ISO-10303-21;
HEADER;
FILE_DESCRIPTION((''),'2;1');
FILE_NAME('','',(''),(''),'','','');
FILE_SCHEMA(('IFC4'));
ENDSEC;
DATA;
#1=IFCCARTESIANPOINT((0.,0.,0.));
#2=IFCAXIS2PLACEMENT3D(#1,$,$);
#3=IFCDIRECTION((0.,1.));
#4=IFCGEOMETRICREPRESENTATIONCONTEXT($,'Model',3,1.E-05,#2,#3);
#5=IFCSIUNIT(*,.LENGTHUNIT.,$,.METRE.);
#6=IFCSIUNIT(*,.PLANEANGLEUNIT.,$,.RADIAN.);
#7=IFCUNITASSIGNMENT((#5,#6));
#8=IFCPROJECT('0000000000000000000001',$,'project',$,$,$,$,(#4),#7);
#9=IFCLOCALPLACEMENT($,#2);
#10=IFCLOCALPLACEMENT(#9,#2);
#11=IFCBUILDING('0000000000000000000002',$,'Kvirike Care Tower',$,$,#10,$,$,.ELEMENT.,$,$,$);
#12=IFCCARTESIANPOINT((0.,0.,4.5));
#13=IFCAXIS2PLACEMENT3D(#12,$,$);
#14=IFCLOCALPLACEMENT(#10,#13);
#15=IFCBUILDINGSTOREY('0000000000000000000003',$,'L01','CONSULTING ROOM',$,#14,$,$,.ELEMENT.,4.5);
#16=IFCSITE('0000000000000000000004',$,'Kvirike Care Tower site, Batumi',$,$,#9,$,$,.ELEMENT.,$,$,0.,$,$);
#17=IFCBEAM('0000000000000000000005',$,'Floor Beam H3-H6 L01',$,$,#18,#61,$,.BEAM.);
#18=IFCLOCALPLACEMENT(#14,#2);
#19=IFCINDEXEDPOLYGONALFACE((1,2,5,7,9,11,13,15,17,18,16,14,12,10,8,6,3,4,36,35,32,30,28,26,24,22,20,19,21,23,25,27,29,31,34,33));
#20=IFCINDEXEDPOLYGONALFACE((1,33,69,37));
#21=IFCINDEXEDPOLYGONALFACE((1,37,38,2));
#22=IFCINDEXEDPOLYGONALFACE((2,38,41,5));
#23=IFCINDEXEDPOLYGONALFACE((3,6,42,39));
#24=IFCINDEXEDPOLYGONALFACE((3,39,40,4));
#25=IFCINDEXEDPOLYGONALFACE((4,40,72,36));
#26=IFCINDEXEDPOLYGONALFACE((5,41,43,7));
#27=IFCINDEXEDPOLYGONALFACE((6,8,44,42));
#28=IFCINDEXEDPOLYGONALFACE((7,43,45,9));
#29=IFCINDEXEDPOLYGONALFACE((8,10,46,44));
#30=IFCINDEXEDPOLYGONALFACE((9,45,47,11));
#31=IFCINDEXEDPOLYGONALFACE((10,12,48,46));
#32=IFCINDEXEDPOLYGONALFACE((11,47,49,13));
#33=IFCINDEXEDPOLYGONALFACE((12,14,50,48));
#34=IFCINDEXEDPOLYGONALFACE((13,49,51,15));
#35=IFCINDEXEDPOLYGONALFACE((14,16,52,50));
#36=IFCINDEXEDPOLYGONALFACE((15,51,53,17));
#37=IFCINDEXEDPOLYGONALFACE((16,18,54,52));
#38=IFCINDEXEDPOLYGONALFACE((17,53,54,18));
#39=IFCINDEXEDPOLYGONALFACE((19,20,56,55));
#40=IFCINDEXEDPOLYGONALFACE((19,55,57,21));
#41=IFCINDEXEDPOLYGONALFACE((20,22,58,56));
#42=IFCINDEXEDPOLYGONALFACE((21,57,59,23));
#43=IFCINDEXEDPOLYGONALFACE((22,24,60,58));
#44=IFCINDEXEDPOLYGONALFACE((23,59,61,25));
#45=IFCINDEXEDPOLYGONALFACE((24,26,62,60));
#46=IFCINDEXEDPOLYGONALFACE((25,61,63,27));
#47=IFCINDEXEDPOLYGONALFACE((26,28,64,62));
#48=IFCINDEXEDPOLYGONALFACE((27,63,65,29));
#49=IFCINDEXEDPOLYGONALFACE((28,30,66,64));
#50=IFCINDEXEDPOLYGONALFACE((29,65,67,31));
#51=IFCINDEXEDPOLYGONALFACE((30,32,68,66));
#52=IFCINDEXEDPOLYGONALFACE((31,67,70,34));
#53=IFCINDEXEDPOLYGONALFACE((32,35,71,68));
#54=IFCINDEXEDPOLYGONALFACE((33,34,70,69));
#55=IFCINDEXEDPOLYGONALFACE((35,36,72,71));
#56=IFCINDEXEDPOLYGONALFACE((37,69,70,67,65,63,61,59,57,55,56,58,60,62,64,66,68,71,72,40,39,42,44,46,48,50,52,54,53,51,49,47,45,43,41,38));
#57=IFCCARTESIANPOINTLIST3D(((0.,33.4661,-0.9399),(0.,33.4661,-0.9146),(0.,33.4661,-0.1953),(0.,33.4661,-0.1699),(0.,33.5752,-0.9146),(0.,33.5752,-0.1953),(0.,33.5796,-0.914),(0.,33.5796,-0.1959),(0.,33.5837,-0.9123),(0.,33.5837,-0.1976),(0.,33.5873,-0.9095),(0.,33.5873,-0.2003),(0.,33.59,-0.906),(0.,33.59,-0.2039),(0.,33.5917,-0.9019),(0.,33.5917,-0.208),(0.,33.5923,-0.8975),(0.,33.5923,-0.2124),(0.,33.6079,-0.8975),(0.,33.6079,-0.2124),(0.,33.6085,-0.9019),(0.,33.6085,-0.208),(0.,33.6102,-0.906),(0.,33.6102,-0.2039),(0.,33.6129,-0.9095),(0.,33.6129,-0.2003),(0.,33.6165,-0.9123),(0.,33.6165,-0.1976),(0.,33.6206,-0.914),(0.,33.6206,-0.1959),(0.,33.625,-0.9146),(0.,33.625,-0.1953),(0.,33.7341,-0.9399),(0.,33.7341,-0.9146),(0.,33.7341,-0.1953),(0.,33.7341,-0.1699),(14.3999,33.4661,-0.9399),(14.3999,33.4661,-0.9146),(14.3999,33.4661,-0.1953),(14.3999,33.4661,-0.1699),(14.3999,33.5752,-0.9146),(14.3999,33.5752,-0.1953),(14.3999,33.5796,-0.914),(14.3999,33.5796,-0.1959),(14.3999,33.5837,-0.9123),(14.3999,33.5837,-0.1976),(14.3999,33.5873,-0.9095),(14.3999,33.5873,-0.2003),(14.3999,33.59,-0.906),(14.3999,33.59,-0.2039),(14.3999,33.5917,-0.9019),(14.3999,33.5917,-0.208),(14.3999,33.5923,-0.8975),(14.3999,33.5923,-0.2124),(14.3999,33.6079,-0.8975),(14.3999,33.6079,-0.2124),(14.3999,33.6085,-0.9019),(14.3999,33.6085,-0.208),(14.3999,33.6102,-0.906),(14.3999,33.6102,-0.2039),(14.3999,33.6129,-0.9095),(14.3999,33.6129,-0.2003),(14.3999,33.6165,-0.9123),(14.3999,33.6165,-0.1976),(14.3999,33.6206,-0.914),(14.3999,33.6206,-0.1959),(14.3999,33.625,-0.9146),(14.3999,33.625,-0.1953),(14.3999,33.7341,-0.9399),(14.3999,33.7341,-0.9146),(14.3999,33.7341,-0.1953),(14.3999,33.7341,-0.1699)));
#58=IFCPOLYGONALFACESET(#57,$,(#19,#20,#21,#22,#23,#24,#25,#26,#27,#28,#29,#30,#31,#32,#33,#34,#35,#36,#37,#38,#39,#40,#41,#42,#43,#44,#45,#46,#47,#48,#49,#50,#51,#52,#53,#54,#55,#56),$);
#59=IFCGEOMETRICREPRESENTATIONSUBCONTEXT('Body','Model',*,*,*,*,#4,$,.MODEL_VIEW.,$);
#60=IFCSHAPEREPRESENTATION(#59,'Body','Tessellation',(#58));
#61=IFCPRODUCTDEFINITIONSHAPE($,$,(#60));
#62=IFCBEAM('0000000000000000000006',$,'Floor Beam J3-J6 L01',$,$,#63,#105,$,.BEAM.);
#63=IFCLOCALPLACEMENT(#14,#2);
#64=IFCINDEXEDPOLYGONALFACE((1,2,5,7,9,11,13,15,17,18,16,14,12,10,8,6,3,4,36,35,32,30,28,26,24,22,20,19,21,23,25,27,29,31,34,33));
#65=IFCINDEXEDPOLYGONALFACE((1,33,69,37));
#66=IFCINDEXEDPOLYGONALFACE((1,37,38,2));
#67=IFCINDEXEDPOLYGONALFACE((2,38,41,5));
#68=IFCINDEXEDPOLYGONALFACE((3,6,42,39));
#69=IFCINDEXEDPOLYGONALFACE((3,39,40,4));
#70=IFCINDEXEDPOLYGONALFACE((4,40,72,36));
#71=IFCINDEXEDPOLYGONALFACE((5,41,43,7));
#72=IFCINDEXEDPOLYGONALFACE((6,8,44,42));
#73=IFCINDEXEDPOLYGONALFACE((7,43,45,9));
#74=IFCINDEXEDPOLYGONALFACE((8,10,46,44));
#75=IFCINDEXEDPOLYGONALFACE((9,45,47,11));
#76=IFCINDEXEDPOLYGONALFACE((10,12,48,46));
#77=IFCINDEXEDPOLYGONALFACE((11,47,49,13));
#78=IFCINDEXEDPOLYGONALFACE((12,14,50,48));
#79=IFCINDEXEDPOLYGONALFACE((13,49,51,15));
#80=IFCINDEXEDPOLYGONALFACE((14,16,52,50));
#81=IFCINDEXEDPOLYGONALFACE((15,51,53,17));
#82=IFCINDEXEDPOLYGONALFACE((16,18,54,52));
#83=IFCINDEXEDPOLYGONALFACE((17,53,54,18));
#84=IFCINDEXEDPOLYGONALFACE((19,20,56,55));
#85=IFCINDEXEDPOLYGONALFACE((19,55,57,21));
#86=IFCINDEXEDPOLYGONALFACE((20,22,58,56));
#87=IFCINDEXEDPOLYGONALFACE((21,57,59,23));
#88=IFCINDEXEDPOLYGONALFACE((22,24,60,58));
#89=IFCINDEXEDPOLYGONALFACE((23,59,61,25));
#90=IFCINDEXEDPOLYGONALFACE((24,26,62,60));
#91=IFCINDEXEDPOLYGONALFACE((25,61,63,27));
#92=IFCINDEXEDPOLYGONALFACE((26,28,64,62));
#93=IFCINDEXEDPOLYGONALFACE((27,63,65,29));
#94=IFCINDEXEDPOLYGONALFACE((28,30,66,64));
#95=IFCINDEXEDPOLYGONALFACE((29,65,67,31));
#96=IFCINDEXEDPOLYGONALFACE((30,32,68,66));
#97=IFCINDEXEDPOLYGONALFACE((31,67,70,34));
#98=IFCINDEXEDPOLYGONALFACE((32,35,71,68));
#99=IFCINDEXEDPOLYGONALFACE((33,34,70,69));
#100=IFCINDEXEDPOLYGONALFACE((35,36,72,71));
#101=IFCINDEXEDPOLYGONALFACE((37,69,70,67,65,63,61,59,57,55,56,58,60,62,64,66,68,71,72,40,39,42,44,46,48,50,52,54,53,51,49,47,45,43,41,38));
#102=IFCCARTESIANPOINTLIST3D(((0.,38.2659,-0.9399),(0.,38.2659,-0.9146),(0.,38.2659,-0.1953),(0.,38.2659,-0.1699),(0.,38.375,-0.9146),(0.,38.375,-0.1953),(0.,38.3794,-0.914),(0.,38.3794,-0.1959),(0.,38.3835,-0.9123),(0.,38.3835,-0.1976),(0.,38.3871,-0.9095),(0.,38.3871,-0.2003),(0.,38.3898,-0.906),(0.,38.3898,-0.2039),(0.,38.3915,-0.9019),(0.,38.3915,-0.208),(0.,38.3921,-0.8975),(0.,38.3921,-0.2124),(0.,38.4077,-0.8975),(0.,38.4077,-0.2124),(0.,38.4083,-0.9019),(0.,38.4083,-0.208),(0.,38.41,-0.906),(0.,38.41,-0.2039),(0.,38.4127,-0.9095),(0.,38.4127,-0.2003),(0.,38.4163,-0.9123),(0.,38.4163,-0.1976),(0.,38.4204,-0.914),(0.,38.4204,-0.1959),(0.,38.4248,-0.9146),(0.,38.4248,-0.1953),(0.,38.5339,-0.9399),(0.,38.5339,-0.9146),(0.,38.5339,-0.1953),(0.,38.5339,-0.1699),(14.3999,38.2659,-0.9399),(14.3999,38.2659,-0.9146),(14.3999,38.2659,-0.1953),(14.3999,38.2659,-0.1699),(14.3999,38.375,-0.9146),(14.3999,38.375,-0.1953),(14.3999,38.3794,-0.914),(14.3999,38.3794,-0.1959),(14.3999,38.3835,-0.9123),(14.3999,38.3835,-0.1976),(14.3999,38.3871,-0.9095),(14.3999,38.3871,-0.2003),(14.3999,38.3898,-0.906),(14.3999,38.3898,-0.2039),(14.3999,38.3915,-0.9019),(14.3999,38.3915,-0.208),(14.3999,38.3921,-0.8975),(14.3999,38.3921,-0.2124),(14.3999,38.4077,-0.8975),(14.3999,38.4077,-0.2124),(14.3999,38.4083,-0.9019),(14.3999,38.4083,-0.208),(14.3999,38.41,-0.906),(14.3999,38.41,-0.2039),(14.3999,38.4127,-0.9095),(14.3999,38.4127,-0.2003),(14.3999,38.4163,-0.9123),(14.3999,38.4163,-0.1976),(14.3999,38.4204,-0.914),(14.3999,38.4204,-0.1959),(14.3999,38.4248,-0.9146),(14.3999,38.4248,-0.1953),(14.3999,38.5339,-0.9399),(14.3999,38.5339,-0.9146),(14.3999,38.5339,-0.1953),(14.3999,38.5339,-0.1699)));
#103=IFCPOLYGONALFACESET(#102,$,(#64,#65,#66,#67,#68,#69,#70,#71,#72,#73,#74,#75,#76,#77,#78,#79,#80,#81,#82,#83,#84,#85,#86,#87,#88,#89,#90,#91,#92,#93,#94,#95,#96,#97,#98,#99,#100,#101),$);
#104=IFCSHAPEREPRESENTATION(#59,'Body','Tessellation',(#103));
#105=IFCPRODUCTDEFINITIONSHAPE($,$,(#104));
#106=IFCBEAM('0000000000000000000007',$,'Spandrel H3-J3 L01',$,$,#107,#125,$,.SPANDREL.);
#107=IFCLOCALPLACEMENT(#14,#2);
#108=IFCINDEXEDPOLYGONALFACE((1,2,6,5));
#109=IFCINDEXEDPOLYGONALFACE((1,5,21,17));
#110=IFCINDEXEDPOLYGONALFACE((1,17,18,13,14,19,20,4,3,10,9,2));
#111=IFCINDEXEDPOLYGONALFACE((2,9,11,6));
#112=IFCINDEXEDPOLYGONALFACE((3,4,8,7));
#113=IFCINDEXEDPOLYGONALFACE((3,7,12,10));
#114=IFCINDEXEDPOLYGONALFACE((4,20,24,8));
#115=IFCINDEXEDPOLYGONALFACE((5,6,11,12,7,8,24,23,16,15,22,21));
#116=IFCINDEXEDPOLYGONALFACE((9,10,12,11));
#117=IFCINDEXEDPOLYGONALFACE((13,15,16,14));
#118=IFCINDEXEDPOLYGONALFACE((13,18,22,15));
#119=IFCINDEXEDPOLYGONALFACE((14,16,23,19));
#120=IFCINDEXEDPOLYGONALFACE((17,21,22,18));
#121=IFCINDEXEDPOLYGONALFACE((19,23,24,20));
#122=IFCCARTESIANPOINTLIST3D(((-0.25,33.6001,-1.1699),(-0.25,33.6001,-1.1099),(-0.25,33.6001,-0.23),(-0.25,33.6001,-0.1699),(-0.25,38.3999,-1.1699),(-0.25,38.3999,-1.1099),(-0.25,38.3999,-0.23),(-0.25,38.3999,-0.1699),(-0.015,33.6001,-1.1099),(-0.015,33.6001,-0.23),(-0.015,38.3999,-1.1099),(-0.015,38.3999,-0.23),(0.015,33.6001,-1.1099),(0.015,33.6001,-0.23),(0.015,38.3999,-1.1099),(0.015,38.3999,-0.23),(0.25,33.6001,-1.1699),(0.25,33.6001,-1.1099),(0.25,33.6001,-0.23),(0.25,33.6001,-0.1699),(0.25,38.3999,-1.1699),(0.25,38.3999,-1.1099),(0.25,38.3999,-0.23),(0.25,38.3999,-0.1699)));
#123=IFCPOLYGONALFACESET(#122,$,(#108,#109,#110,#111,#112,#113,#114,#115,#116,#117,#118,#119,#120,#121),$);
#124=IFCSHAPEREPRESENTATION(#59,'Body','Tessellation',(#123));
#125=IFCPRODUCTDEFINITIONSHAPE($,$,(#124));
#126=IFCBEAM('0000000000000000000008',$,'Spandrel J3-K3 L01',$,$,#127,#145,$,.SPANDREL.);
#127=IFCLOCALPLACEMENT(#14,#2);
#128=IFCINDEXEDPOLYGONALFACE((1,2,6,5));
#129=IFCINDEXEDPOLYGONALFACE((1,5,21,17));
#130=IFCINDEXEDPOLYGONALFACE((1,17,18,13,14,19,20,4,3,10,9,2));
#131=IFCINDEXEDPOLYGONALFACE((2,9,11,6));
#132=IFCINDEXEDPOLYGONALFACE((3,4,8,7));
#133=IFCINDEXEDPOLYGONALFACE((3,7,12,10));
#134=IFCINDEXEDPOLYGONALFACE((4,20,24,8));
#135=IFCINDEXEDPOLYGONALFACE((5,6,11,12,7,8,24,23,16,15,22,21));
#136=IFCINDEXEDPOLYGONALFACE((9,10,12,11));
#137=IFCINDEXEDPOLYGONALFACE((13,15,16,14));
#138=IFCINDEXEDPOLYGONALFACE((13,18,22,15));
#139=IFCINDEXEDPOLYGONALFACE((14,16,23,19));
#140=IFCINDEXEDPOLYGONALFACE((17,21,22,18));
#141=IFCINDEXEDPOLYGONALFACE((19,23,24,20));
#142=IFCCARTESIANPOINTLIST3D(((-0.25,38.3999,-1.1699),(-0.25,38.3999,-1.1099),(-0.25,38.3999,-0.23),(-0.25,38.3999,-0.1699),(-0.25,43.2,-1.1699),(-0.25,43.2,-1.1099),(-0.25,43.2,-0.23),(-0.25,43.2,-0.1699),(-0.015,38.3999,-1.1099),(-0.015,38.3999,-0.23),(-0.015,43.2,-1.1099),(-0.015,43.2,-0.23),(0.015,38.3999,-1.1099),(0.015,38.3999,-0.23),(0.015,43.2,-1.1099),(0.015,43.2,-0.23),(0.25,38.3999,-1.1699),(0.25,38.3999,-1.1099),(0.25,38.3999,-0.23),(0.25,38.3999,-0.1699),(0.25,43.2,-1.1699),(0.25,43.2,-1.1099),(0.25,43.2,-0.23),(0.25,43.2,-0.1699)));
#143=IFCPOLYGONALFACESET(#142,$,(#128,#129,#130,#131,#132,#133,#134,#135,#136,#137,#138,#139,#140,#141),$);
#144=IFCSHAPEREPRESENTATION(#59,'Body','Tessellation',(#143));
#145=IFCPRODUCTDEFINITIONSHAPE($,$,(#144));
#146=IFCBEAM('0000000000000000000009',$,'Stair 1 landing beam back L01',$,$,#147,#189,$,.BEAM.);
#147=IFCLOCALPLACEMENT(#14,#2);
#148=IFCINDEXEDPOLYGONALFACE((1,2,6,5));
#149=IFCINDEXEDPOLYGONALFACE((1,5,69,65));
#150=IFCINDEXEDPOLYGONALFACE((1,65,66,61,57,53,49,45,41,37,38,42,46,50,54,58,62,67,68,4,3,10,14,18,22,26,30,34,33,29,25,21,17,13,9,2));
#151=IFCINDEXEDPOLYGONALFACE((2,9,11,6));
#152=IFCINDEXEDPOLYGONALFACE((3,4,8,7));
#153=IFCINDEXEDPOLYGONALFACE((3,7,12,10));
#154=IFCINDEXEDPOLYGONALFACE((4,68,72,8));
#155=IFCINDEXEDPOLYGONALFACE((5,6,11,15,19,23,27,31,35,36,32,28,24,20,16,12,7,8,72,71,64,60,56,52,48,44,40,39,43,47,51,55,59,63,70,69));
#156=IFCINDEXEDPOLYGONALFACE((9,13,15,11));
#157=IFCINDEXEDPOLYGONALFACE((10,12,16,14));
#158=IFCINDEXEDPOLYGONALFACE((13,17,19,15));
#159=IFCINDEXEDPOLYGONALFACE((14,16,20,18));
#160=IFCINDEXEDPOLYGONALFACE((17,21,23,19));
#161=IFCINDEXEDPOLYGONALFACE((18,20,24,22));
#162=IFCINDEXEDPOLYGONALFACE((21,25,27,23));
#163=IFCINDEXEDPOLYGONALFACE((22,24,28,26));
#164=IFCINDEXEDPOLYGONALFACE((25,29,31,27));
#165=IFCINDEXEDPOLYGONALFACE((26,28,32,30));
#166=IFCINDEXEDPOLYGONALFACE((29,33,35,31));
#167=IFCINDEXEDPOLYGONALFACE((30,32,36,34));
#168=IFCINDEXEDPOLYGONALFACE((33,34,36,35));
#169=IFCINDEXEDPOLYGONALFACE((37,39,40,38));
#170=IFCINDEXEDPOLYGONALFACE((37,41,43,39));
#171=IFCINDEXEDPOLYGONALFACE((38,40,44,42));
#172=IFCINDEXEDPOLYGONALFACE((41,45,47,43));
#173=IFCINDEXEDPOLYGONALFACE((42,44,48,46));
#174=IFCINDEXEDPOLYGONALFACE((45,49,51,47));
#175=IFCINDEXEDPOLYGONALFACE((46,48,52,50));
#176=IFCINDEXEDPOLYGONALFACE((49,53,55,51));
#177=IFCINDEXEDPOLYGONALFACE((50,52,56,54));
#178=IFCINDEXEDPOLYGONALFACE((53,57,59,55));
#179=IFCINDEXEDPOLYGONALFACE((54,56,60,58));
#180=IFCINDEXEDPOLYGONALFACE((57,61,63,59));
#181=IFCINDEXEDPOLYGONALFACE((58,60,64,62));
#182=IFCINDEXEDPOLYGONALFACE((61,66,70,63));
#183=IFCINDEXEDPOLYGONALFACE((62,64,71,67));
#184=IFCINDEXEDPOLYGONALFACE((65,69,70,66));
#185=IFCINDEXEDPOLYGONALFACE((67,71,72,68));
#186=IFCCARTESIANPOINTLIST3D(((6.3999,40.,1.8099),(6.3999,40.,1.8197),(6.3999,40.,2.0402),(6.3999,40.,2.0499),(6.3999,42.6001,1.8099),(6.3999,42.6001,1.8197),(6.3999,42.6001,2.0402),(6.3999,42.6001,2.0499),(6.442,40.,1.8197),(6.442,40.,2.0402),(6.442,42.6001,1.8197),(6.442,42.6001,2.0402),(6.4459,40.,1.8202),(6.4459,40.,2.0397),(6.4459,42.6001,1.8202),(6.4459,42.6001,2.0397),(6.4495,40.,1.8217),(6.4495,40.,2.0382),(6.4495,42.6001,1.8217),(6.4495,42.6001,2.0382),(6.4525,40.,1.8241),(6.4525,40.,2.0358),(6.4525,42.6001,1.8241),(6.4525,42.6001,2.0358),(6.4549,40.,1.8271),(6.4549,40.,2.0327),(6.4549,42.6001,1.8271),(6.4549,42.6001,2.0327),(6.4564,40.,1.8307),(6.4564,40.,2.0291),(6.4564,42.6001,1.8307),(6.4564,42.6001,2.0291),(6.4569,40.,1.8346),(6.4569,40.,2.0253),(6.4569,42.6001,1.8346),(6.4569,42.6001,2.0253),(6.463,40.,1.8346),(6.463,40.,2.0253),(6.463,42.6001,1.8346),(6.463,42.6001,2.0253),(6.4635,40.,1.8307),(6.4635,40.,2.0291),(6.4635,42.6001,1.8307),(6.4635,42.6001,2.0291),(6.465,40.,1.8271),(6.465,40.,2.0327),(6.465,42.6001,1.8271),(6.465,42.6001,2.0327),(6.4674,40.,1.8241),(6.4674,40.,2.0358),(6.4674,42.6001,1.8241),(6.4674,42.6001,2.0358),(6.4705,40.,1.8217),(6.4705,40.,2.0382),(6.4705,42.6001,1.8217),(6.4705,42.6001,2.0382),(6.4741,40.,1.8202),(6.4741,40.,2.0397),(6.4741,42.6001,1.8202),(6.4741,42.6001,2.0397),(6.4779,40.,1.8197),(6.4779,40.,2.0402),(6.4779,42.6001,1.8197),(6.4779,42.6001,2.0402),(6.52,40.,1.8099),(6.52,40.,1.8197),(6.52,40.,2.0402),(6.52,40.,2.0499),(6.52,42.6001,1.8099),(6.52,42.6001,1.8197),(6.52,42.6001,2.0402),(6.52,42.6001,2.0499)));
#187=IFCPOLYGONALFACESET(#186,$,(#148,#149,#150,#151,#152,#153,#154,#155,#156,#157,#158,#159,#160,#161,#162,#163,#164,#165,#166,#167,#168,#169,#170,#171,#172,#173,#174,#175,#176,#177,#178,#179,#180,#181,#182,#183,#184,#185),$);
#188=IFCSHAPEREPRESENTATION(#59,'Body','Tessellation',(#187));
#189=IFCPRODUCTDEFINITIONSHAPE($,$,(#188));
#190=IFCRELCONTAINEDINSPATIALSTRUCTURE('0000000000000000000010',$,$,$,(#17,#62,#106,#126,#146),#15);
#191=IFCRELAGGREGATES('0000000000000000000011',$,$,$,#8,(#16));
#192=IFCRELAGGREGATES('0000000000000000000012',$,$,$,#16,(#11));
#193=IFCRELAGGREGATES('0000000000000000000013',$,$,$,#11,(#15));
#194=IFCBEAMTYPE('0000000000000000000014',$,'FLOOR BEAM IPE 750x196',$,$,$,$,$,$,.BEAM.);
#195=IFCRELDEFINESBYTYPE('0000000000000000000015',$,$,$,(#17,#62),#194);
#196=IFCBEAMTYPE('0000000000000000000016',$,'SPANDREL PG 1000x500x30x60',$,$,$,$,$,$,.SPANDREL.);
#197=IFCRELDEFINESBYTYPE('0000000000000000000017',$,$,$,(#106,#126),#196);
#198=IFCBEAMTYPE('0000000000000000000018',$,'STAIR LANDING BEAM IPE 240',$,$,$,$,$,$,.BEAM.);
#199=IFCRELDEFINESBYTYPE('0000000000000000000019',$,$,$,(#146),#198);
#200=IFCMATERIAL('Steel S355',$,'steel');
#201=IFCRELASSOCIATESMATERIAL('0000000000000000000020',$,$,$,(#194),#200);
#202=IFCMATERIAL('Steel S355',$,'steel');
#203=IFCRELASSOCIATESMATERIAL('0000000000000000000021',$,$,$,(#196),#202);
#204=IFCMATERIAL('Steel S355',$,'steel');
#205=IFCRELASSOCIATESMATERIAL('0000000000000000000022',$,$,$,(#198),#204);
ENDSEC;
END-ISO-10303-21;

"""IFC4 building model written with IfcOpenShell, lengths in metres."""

from ifc_helpers import new_model, si_unit, direction, frame, origin, origin_2d, place, context, subcontext, project, spatial, i_section, extrude, material, material_profile, profile_set, type_object, element, save


model = new_model("IFC4")

# Units and contexts
model_context = context("Model", 3, precision=1e-05, world=origin(), true_north=direction((0.0, 1.0)))
body_context = subcontext(model_context, "Body", "Model", "MODEL_VIEW")
ifc_project = project(units=[si_unit("LENGTHUNIT", "METRE"), si_unit("PLANEANGLEUNIT", "RADIAN")], contexts=[model_context])

# Site, building, storey
site_placement = place(None, origin())
site = spatial("IfcSite", under=ifc_project, at=site_placement, Name="Kvirike Care Tower site, Batumi", CompositionType="ELEMENT", RefElevation=0.0)
building_placement = place(site_placement, origin())
building = spatial("IfcBuilding", under=site, at=building_placement, Name="Kvirike Care Tower", CompositionType="ELEMENT")
storey_placement = place(building_placement, frame((0.0, 0.0, 4.5)))
storey = spatial("IfcBuildingStorey", under=building, at=storey_placement, Name="L01", Description="CONSULTING ROOM", CompositionType="ELEMENT", Elevation=4.5)

# Beams
ifc_material_1 = material(Name="Steel S355", Category="steel")
ifc_material_profile_1 = material_profile(ifc_material_1, i_section(OverallWidth=0.2681, OverallDepth=0.77, WebThickness=0.0156, FlangeThickness=0.0254, FilletRadius=0.0171, at=origin_2d()), Name="IPE 750x196")
ifc_profile_set_1 = profile_set([ifc_material_profile_1], Name="Steel S355")
beam_type_1 = type_object("IfcBeamType", Name="FLOOR BEAM IPE 750x196", PredefinedType="BEAM", material=ifc_profile_set_1)
for number, where, z_axis, x_axis, name in (
    (1, (0.0, 33.6001, -0.5549), (1.0, 0.0, 0.0), (0.0, 1.0, 0.0), "Floor Beam H3-H6 L01"),
    (2, (0.0, 38.3999, -0.5549), (1.0, 0.0, 0.0), (0.0, 1.0, 0.0), "Floor Beam J3-J6 L01"),
):
    element("IfcBeam", number, at=place(storey_placement, frame(where, z_axis=z_axis, x_axis=x_axis)), inside=storey, type_object=beam_type_1, Name=name, PredefinedType="BEAM", context=body_context, shape_type="SweptSolid", body=[
        extrude(i_section(OverallWidth=0.2681, OverallDepth=0.77, WebThickness=0.0156, FlangeThickness=0.0254, FilletRadius=0.0171, at=origin_2d()), origin(), (0.0, 0.0, 1.0), 14.3999),
    ])
ifc_material_2 = material(Name="Steel S355", Category="steel")
ifc_material_profile_2 = material_profile(ifc_material_2, i_section(OverallWidth=0.5, OverallDepth=1.0, WebThickness=0.03, FlangeThickness=0.0601, at=origin_2d()), Name="PG 1000x500x30x60")
ifc_profile_set_2 = profile_set([ifc_material_profile_2], Name="Steel S355")
beam_type_2 = type_object("IfcBeamType", Name="SPANDREL PG 1000x500x30x60", PredefinedType="SPANDREL", material=ifc_profile_set_2)
beam_1_placement = place(storey_placement, frame((0.0, 33.6001, -0.6699), z_axis=(0.0, 1.0, 0.0), x_axis=(-1.0, 0.0, 0.0)))
element("IfcBeam", 3, at=beam_1_placement, inside=storey, type_object=beam_type_2, Name="Spandrel H3-J3 L01", PredefinedType="SPANDREL", context=body_context, shape_type="SweptSolid", body=[
    extrude(i_section(OverallWidth=0.5, OverallDepth=1.0, WebThickness=0.03, FlangeThickness=0.0601, at=origin_2d()), origin(), (0.0, 0.0, 1.0), 4.7998),
])
beam_2_placement = place(storey_placement, frame((0.0, 38.3999, -0.6699), z_axis=(0.0, 1.0, 0.0), x_axis=(-1.0, 0.0, 0.0)))
element("IfcBeam", 4, at=beam_2_placement, inside=storey, type_object=beam_type_2, Name="Spandrel J3-K3 L01", PredefinedType="SPANDREL", context=body_context, shape_type="SweptSolid", body=[
    extrude(i_section(OverallWidth=0.5, OverallDepth=1.0, WebThickness=0.03, FlangeThickness=0.0601, at=origin_2d()), origin(), (0.0, 0.0, 1.0), 4.8),
])
ifc_material_3 = material(Name="Steel S355", Category="steel")
ifc_material_profile_3 = material_profile(ifc_material_3, i_section(OverallWidth=0.1201, OverallDepth=0.24, WebThickness=0.0061, FlangeThickness=0.0098, FilletRadius=0.0149, at=origin_2d()), Name="IPE 240")
ifc_profile_set_3 = profile_set([ifc_material_profile_3], Name="Steel S355")
beam_type_3 = type_object("IfcBeamType", Name="STAIR LANDING BEAM IPE 240", PredefinedType="BEAM", material=ifc_profile_set_3)
beam_3_placement = place(storey_placement, frame((6.46, 42.6001, 1.9299), z_axis=(0.0, -1.0, 0.0), x_axis=(1.0, 0.0, 0.0)))
element("IfcBeam", 5, at=beam_3_placement, inside=storey, type_object=beam_type_3, Name="Stair 1 landing beam back L01", PredefinedType="BEAM", context=body_context, shape_type="SweptSolid", body=[
    extrude(i_section(OverallWidth=0.1201, OverallDepth=0.24, WebThickness=0.0061, FlangeThickness=0.0098, FilletRadius=0.0149, at=origin_2d()), origin(), (0.0, 0.0, 1.0), 2.6001),
])

save(model, "model.ifc")
